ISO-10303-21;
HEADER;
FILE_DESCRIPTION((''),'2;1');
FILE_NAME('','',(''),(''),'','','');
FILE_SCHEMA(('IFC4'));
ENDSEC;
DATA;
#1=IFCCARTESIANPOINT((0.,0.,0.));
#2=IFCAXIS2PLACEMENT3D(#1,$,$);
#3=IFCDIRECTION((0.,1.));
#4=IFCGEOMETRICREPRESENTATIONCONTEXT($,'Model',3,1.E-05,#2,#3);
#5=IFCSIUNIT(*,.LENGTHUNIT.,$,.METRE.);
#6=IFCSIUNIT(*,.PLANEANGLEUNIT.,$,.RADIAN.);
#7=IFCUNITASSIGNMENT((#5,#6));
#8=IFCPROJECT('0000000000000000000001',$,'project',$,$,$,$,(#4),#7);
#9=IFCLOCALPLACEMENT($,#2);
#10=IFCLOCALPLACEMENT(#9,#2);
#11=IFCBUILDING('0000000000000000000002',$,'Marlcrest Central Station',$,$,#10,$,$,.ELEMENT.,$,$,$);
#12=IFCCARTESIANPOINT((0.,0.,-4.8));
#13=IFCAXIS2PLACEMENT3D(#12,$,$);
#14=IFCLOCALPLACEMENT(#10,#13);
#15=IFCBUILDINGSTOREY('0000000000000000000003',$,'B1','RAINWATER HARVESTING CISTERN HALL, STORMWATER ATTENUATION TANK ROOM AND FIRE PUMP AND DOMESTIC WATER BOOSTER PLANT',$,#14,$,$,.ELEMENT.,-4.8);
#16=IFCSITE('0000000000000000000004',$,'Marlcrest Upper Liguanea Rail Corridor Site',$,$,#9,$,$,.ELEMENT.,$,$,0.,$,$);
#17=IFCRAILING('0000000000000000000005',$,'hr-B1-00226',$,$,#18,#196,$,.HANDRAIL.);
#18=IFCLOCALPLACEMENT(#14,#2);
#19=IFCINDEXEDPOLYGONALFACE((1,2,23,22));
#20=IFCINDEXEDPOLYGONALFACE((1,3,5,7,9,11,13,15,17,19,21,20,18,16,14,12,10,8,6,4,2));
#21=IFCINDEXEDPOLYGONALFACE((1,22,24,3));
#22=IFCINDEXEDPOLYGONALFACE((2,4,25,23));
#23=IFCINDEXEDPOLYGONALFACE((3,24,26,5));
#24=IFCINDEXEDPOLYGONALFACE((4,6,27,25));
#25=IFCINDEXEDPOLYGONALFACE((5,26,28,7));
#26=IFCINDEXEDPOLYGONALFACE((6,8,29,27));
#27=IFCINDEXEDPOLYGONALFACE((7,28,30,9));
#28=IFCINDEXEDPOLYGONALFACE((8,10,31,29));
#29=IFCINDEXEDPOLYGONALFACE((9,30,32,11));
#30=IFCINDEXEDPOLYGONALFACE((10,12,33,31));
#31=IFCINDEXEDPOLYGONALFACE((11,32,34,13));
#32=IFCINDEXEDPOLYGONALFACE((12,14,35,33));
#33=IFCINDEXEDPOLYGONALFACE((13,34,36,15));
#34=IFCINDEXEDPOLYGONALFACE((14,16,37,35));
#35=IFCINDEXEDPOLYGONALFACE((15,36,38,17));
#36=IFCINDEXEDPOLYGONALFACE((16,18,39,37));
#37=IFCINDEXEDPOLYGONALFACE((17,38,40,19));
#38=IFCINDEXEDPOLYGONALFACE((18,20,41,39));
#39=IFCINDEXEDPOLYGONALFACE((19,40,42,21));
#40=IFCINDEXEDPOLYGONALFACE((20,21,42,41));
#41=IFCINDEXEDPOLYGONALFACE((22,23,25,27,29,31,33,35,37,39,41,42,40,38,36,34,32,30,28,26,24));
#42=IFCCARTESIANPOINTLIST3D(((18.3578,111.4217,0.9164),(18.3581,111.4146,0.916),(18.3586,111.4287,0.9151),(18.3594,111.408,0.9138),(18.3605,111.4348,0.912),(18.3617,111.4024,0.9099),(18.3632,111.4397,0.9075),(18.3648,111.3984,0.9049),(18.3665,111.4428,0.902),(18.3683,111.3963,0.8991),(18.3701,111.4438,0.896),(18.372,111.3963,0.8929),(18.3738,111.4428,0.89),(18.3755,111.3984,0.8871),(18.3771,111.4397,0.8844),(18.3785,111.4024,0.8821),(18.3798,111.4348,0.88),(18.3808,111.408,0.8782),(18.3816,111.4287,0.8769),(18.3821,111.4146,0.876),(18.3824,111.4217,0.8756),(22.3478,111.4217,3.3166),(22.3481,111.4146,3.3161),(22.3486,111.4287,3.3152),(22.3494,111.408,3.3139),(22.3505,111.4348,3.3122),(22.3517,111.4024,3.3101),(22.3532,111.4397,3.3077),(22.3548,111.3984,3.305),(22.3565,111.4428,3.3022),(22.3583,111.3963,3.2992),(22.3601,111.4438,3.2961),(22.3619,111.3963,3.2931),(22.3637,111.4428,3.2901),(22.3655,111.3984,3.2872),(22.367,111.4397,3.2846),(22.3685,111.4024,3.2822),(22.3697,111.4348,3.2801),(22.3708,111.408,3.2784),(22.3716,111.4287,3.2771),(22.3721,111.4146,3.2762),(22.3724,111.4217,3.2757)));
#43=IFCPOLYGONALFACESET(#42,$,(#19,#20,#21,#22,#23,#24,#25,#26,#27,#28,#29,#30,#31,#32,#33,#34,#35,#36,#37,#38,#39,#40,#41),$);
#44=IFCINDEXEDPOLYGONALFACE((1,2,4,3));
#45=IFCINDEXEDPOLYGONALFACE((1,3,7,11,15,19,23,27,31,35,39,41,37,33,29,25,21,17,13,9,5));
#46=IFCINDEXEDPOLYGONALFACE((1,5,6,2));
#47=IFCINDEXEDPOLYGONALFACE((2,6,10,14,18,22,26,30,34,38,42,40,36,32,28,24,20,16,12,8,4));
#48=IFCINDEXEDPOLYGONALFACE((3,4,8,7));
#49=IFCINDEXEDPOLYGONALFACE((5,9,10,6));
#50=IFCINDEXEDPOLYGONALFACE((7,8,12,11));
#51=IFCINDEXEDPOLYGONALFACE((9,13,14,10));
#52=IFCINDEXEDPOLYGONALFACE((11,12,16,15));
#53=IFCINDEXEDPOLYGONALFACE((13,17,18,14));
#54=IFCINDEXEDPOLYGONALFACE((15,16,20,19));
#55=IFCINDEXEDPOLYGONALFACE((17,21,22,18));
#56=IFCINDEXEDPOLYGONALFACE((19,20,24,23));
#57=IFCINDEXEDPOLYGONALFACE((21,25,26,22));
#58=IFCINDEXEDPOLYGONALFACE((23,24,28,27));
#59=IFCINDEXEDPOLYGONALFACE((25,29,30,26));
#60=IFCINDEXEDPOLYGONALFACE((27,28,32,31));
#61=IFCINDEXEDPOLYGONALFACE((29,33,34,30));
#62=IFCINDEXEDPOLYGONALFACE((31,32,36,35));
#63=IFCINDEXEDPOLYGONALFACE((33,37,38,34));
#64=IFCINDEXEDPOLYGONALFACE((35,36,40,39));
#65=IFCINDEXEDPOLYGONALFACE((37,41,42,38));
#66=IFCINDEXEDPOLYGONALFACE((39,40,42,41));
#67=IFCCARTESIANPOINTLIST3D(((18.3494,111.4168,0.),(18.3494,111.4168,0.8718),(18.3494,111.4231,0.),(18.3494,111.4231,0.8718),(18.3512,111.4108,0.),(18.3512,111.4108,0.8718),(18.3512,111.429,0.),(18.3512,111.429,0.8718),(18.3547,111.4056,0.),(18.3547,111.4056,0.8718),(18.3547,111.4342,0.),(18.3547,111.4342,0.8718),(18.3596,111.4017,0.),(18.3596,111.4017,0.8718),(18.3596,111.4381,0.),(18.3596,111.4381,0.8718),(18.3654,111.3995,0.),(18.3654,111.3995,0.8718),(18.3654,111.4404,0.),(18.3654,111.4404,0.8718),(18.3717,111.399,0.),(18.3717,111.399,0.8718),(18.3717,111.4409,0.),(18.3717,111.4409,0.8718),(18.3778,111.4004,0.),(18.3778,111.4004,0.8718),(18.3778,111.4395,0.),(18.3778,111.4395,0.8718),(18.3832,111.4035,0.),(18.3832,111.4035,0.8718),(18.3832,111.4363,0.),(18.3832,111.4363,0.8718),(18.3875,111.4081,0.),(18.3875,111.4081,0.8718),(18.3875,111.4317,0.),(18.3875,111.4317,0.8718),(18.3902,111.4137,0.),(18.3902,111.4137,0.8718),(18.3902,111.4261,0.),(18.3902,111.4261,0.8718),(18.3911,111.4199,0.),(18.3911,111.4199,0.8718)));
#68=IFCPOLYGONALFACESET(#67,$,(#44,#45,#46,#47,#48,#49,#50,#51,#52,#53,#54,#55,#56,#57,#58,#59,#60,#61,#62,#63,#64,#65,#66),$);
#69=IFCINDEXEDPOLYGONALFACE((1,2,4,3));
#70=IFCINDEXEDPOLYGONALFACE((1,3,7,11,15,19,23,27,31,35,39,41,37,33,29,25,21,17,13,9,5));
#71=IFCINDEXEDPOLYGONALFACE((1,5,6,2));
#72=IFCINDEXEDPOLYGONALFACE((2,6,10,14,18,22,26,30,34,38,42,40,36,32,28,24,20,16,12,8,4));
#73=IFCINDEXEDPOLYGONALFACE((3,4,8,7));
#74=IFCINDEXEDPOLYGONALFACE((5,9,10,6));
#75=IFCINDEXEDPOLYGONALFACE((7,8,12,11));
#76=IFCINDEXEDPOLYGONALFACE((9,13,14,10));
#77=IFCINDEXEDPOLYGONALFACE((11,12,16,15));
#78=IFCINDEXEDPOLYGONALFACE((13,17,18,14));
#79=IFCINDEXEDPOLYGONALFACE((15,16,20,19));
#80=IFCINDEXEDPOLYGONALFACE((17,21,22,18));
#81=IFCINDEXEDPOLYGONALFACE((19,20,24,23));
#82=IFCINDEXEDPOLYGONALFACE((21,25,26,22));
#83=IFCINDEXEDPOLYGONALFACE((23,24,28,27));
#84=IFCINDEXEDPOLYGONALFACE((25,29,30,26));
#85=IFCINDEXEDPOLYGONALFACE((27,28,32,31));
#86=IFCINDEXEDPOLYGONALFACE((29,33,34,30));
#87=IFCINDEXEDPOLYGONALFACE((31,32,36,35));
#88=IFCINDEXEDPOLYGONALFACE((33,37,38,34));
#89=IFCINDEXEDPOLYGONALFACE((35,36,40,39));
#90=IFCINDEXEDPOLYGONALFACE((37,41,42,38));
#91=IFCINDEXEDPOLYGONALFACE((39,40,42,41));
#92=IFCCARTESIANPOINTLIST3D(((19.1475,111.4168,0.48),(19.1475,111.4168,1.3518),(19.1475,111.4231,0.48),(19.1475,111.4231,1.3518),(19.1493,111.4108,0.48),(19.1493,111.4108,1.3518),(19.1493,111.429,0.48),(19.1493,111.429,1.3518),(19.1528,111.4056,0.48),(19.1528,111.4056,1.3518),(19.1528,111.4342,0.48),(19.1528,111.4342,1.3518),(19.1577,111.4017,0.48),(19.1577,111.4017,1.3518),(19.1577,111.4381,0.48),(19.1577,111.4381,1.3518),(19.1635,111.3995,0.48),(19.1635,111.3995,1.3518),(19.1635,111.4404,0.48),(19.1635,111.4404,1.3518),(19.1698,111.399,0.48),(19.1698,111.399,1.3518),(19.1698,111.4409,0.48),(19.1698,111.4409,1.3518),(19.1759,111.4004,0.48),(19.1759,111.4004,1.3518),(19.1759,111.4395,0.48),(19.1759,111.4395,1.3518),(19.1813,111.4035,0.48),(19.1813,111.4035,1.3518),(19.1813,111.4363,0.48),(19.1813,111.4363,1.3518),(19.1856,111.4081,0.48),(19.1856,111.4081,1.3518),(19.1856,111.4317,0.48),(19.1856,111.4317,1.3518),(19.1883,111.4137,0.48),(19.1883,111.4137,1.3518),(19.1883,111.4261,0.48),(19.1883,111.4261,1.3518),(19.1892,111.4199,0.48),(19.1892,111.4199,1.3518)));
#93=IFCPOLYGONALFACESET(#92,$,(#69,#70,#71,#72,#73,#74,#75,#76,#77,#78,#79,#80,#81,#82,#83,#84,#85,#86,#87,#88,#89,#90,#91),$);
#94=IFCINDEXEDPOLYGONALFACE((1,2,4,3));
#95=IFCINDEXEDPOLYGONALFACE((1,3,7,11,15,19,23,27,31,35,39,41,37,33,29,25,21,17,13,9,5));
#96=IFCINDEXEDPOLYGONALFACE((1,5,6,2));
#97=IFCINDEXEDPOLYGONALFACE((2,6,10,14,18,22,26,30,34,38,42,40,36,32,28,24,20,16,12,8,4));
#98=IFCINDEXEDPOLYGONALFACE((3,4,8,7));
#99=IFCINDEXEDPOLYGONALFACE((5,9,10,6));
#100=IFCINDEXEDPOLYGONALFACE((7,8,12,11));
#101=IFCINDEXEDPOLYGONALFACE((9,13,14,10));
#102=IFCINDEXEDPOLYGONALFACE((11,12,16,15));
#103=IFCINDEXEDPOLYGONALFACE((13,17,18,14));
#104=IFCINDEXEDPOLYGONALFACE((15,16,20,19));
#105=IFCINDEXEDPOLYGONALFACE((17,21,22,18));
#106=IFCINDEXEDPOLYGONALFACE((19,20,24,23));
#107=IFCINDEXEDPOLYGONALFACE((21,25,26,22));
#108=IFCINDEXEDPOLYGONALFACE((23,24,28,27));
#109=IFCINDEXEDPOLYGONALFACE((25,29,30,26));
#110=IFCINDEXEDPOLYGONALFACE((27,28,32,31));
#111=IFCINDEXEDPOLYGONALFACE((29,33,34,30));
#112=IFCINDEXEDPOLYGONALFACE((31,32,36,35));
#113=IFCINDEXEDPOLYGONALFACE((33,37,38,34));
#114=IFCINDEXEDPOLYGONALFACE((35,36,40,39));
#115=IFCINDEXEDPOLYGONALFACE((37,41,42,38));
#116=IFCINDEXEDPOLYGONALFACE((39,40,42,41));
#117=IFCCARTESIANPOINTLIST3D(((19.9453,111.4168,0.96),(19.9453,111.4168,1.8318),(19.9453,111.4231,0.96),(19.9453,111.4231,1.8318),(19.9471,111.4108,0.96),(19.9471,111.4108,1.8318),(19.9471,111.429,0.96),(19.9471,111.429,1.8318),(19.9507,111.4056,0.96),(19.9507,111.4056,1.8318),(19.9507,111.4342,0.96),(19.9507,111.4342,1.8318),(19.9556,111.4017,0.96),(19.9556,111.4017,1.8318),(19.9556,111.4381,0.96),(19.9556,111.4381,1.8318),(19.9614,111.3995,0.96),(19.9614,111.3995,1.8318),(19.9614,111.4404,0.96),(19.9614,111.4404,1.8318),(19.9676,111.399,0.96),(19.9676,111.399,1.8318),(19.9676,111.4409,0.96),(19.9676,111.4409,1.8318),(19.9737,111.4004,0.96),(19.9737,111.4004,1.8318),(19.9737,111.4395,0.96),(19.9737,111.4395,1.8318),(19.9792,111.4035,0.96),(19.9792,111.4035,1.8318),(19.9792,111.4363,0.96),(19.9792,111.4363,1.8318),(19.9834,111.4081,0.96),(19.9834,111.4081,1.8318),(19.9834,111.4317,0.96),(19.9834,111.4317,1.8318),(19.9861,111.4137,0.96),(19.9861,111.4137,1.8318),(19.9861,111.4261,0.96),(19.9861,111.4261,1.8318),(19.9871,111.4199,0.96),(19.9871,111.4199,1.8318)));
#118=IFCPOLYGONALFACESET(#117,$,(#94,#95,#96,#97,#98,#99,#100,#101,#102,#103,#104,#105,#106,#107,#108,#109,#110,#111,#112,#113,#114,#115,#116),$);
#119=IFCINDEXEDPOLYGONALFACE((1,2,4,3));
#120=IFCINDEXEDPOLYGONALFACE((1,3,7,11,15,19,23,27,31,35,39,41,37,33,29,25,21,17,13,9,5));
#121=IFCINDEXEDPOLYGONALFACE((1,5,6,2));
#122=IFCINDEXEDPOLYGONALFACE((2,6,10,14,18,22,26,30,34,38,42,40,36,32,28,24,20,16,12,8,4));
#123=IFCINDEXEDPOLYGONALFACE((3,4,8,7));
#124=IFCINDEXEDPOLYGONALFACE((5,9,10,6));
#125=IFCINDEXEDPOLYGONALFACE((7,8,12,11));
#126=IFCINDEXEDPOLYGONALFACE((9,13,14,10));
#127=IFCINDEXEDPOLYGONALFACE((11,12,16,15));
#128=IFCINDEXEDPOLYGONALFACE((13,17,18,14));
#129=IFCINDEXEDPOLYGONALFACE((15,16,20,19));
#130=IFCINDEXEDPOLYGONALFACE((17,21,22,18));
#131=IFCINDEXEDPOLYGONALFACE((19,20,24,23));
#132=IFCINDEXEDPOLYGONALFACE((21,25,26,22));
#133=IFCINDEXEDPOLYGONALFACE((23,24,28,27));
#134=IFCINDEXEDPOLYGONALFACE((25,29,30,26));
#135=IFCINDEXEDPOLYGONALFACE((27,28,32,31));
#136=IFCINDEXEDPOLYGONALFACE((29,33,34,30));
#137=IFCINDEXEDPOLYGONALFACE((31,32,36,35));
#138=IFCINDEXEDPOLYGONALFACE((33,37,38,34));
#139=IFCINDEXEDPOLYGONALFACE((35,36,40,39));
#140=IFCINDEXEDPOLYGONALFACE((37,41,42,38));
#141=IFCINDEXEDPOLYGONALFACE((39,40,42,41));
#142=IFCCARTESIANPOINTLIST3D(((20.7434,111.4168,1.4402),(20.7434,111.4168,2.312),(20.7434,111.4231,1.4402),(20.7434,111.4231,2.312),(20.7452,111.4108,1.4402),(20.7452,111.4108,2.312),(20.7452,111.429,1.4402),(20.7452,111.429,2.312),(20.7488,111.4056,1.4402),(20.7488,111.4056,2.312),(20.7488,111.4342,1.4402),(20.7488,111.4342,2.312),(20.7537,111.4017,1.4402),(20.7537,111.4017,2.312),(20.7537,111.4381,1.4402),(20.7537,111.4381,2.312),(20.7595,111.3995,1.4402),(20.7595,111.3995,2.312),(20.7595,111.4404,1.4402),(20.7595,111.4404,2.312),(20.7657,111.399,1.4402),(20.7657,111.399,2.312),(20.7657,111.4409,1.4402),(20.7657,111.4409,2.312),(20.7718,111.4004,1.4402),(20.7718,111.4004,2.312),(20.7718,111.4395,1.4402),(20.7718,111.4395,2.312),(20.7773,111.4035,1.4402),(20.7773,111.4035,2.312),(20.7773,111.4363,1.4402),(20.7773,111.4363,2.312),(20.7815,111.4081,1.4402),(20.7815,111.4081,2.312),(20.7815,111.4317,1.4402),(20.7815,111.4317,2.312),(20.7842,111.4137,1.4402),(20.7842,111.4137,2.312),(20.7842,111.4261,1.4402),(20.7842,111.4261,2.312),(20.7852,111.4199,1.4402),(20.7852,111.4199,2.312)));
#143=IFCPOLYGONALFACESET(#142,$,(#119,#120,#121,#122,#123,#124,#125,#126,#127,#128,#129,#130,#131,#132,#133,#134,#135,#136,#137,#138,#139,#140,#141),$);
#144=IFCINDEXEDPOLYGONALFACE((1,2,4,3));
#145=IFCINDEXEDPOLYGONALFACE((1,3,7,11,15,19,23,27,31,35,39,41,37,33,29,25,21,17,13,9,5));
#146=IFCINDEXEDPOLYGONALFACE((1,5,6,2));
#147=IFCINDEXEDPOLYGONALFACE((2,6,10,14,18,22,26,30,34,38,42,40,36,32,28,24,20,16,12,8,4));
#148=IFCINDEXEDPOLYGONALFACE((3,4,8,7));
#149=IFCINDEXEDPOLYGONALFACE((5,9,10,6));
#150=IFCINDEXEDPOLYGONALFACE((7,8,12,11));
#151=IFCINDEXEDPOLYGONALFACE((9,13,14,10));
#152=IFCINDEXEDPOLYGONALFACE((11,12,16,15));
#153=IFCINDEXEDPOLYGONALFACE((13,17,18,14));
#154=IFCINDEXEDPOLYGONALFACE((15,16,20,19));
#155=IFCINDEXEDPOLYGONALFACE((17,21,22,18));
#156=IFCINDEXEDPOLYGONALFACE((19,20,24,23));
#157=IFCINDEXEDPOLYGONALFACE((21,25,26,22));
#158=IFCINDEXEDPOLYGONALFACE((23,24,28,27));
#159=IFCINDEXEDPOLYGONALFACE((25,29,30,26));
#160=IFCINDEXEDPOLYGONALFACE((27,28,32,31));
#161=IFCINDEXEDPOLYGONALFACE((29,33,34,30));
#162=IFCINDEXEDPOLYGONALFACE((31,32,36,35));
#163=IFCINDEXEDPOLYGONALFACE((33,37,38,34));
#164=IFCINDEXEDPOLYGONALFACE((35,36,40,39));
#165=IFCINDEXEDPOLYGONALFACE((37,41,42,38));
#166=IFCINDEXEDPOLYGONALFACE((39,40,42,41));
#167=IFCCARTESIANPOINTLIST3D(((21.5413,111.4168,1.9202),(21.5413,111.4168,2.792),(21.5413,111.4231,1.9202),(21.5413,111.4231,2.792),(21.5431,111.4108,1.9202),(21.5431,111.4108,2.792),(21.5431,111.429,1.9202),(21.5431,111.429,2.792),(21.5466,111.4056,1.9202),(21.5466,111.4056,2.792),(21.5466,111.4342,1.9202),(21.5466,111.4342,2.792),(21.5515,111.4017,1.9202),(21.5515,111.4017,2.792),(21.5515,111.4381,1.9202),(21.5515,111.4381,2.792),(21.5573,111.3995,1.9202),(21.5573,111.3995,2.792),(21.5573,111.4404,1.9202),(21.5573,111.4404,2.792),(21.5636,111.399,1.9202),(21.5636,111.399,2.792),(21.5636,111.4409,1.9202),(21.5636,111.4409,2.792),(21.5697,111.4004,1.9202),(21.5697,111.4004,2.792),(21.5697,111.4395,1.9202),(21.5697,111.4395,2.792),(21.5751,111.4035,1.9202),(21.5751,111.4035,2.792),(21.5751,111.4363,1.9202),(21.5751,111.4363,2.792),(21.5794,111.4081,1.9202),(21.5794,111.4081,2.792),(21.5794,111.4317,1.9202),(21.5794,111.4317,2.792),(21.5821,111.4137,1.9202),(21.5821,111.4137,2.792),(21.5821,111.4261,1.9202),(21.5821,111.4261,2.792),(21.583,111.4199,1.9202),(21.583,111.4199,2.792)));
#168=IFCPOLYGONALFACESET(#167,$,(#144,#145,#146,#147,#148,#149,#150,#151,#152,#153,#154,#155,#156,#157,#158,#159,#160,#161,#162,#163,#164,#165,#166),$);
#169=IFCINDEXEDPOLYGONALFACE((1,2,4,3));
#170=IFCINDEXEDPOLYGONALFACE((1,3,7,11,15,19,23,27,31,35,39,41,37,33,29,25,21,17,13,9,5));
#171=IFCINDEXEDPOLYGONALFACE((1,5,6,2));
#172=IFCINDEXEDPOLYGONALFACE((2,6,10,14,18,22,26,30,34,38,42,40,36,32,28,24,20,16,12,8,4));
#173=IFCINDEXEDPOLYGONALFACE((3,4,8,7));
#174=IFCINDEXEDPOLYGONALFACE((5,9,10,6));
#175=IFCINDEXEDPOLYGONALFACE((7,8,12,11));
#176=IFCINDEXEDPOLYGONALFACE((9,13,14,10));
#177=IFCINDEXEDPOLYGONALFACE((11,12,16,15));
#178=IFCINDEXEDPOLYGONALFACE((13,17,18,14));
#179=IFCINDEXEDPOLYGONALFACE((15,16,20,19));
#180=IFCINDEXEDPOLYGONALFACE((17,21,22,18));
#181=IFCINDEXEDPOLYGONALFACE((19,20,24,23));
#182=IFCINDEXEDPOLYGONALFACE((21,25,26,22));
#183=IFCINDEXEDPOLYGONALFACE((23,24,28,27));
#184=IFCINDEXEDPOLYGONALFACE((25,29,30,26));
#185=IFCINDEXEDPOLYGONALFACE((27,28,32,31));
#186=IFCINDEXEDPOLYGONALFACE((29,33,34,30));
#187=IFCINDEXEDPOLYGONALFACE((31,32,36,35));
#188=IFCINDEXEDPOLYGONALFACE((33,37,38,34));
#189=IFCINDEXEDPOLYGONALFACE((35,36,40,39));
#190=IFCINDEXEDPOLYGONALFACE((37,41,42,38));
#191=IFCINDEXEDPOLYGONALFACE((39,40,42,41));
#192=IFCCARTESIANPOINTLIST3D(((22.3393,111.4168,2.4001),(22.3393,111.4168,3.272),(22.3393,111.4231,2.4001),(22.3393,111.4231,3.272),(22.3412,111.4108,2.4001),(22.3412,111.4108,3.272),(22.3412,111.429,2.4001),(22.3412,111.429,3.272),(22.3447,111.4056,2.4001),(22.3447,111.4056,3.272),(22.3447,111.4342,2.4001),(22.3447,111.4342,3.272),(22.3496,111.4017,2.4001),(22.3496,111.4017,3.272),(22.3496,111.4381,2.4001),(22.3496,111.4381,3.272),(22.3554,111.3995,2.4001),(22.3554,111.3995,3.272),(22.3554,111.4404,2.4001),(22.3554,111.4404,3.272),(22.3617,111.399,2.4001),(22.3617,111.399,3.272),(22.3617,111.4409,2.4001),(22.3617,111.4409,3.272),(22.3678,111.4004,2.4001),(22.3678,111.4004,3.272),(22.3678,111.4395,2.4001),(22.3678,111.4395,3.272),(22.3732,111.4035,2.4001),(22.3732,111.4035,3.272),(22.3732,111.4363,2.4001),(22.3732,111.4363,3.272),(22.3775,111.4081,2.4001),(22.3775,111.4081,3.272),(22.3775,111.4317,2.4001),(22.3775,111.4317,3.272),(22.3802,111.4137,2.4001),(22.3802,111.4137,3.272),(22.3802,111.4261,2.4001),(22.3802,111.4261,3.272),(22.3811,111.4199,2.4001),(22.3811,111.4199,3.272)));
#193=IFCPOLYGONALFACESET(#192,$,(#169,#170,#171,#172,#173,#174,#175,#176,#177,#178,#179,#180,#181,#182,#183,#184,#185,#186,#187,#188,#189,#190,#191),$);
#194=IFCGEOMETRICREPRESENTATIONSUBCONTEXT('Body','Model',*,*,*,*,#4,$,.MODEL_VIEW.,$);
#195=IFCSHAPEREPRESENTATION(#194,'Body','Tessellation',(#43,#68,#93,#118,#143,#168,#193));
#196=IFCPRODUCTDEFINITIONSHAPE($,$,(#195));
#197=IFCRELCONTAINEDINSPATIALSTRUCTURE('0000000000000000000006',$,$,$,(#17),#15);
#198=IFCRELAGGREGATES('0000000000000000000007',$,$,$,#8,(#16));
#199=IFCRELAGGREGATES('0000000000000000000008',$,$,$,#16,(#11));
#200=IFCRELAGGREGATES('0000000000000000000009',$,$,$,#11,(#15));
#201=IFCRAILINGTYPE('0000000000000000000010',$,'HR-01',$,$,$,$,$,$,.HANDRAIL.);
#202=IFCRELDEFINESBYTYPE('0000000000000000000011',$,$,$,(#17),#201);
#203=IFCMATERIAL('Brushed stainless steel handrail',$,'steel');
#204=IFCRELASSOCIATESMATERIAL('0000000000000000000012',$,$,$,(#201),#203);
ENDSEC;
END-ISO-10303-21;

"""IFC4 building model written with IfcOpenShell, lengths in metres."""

from ifc_helpers import new_model, si_unit, direction, frame, origin, origin_2d, place, context, subcontext, project, spatial, circle, extrude, material, type_object, element, save


model = new_model("IFC4")

# Units and contexts
model_context = context("Model", 3, precision=1e-05, world=origin(), true_north=direction((0.0, 1.0)))
body_context = subcontext(model_context, "Body", "Model", "MODEL_VIEW")
ifc_project = project(units=[si_unit("LENGTHUNIT", "METRE"), si_unit("PLANEANGLEUNIT", "RADIAN")], contexts=[model_context])

# Site, building, storey
site_placement = place(None, origin())
site = spatial("IfcSite", under=ifc_project, at=site_placement, Name="Marlcrest Upper Liguanea Rail Corridor Site", CompositionType="ELEMENT", RefElevation=0.0)
building_placement = place(site_placement, origin())
building = spatial("IfcBuilding", under=site, at=building_placement, Name="Marlcrest Central Station", CompositionType="ELEMENT")
storey_placement = place(building_placement, frame((0.0, 0.0, -4.8)))
storey = spatial("IfcBuildingStorey", under=building, at=storey_placement, Name="B1", Description="RAINWATER HARVESTING CISTERN HALL, STORMWATER ATTENUATION TANK ROOM AND FIRE PUMP AND DOMESTIC WATER BOOSTER PLANT", CompositionType="ELEMENT", Elevation=-4.8)

# Railing
ifc_material_1 = material(Name="Brushed stainless steel handrail", Category="steel")
railing_type_1 = type_object("IfcRailingType", Name="HR-01", PredefinedType="HANDRAIL", material=ifc_material_1)
for number, where, name in (
    (1, (18.3701, 111.4199, 0.0), "hr-B1-00226"),
):
    element("IfcRailing", number, at=place(storey_placement, frame(where)), inside=storey, type_object=railing_type_1, Name=name, PredefinedType="HANDRAIL", context=body_context, shape_type="SweptSolid", body=[
        extrude(circle(Radius=0.0239, at=origin_2d()), frame((0.0, 0.0, 0.896), z_axis=(0.856909, 0.0, 0.515467), x_axis=(0.0, 1.0, 0.0)), (0.0, 0.0, 1.0), 4.6562),
        extrude(circle(Radius=0.021, at=origin_2d()), origin(), (0.0, 0.0, 1.0), 0.8718),
        extrude(circle(Radius=0.021, at=origin_2d()), frame((0.7981, 0.0, 0.48)), (0.0, 0.0, 1.0), 0.8718),
        extrude(circle(Radius=0.021, at=origin_2d()), frame((1.5959, 0.0, 0.96)), (0.0, 0.0, 1.0), 0.8718),
        extrude(circle(Radius=0.021, at=origin_2d()), frame((2.394, 0.0, 1.4402)), (0.0, 0.0, 1.0), 0.8718),
        extrude(circle(Radius=0.021, at=origin_2d()), frame((3.1919, 0.0, 1.9202)), (0.0, 0.0, 1.0), 0.8718),
        extrude(circle(Radius=0.021, at=origin_2d()), frame((3.99, 0.0, 2.4001)), (0.0, 0.0, 1.0), 0.8718),
    ])

save(model, "model.ifc")
